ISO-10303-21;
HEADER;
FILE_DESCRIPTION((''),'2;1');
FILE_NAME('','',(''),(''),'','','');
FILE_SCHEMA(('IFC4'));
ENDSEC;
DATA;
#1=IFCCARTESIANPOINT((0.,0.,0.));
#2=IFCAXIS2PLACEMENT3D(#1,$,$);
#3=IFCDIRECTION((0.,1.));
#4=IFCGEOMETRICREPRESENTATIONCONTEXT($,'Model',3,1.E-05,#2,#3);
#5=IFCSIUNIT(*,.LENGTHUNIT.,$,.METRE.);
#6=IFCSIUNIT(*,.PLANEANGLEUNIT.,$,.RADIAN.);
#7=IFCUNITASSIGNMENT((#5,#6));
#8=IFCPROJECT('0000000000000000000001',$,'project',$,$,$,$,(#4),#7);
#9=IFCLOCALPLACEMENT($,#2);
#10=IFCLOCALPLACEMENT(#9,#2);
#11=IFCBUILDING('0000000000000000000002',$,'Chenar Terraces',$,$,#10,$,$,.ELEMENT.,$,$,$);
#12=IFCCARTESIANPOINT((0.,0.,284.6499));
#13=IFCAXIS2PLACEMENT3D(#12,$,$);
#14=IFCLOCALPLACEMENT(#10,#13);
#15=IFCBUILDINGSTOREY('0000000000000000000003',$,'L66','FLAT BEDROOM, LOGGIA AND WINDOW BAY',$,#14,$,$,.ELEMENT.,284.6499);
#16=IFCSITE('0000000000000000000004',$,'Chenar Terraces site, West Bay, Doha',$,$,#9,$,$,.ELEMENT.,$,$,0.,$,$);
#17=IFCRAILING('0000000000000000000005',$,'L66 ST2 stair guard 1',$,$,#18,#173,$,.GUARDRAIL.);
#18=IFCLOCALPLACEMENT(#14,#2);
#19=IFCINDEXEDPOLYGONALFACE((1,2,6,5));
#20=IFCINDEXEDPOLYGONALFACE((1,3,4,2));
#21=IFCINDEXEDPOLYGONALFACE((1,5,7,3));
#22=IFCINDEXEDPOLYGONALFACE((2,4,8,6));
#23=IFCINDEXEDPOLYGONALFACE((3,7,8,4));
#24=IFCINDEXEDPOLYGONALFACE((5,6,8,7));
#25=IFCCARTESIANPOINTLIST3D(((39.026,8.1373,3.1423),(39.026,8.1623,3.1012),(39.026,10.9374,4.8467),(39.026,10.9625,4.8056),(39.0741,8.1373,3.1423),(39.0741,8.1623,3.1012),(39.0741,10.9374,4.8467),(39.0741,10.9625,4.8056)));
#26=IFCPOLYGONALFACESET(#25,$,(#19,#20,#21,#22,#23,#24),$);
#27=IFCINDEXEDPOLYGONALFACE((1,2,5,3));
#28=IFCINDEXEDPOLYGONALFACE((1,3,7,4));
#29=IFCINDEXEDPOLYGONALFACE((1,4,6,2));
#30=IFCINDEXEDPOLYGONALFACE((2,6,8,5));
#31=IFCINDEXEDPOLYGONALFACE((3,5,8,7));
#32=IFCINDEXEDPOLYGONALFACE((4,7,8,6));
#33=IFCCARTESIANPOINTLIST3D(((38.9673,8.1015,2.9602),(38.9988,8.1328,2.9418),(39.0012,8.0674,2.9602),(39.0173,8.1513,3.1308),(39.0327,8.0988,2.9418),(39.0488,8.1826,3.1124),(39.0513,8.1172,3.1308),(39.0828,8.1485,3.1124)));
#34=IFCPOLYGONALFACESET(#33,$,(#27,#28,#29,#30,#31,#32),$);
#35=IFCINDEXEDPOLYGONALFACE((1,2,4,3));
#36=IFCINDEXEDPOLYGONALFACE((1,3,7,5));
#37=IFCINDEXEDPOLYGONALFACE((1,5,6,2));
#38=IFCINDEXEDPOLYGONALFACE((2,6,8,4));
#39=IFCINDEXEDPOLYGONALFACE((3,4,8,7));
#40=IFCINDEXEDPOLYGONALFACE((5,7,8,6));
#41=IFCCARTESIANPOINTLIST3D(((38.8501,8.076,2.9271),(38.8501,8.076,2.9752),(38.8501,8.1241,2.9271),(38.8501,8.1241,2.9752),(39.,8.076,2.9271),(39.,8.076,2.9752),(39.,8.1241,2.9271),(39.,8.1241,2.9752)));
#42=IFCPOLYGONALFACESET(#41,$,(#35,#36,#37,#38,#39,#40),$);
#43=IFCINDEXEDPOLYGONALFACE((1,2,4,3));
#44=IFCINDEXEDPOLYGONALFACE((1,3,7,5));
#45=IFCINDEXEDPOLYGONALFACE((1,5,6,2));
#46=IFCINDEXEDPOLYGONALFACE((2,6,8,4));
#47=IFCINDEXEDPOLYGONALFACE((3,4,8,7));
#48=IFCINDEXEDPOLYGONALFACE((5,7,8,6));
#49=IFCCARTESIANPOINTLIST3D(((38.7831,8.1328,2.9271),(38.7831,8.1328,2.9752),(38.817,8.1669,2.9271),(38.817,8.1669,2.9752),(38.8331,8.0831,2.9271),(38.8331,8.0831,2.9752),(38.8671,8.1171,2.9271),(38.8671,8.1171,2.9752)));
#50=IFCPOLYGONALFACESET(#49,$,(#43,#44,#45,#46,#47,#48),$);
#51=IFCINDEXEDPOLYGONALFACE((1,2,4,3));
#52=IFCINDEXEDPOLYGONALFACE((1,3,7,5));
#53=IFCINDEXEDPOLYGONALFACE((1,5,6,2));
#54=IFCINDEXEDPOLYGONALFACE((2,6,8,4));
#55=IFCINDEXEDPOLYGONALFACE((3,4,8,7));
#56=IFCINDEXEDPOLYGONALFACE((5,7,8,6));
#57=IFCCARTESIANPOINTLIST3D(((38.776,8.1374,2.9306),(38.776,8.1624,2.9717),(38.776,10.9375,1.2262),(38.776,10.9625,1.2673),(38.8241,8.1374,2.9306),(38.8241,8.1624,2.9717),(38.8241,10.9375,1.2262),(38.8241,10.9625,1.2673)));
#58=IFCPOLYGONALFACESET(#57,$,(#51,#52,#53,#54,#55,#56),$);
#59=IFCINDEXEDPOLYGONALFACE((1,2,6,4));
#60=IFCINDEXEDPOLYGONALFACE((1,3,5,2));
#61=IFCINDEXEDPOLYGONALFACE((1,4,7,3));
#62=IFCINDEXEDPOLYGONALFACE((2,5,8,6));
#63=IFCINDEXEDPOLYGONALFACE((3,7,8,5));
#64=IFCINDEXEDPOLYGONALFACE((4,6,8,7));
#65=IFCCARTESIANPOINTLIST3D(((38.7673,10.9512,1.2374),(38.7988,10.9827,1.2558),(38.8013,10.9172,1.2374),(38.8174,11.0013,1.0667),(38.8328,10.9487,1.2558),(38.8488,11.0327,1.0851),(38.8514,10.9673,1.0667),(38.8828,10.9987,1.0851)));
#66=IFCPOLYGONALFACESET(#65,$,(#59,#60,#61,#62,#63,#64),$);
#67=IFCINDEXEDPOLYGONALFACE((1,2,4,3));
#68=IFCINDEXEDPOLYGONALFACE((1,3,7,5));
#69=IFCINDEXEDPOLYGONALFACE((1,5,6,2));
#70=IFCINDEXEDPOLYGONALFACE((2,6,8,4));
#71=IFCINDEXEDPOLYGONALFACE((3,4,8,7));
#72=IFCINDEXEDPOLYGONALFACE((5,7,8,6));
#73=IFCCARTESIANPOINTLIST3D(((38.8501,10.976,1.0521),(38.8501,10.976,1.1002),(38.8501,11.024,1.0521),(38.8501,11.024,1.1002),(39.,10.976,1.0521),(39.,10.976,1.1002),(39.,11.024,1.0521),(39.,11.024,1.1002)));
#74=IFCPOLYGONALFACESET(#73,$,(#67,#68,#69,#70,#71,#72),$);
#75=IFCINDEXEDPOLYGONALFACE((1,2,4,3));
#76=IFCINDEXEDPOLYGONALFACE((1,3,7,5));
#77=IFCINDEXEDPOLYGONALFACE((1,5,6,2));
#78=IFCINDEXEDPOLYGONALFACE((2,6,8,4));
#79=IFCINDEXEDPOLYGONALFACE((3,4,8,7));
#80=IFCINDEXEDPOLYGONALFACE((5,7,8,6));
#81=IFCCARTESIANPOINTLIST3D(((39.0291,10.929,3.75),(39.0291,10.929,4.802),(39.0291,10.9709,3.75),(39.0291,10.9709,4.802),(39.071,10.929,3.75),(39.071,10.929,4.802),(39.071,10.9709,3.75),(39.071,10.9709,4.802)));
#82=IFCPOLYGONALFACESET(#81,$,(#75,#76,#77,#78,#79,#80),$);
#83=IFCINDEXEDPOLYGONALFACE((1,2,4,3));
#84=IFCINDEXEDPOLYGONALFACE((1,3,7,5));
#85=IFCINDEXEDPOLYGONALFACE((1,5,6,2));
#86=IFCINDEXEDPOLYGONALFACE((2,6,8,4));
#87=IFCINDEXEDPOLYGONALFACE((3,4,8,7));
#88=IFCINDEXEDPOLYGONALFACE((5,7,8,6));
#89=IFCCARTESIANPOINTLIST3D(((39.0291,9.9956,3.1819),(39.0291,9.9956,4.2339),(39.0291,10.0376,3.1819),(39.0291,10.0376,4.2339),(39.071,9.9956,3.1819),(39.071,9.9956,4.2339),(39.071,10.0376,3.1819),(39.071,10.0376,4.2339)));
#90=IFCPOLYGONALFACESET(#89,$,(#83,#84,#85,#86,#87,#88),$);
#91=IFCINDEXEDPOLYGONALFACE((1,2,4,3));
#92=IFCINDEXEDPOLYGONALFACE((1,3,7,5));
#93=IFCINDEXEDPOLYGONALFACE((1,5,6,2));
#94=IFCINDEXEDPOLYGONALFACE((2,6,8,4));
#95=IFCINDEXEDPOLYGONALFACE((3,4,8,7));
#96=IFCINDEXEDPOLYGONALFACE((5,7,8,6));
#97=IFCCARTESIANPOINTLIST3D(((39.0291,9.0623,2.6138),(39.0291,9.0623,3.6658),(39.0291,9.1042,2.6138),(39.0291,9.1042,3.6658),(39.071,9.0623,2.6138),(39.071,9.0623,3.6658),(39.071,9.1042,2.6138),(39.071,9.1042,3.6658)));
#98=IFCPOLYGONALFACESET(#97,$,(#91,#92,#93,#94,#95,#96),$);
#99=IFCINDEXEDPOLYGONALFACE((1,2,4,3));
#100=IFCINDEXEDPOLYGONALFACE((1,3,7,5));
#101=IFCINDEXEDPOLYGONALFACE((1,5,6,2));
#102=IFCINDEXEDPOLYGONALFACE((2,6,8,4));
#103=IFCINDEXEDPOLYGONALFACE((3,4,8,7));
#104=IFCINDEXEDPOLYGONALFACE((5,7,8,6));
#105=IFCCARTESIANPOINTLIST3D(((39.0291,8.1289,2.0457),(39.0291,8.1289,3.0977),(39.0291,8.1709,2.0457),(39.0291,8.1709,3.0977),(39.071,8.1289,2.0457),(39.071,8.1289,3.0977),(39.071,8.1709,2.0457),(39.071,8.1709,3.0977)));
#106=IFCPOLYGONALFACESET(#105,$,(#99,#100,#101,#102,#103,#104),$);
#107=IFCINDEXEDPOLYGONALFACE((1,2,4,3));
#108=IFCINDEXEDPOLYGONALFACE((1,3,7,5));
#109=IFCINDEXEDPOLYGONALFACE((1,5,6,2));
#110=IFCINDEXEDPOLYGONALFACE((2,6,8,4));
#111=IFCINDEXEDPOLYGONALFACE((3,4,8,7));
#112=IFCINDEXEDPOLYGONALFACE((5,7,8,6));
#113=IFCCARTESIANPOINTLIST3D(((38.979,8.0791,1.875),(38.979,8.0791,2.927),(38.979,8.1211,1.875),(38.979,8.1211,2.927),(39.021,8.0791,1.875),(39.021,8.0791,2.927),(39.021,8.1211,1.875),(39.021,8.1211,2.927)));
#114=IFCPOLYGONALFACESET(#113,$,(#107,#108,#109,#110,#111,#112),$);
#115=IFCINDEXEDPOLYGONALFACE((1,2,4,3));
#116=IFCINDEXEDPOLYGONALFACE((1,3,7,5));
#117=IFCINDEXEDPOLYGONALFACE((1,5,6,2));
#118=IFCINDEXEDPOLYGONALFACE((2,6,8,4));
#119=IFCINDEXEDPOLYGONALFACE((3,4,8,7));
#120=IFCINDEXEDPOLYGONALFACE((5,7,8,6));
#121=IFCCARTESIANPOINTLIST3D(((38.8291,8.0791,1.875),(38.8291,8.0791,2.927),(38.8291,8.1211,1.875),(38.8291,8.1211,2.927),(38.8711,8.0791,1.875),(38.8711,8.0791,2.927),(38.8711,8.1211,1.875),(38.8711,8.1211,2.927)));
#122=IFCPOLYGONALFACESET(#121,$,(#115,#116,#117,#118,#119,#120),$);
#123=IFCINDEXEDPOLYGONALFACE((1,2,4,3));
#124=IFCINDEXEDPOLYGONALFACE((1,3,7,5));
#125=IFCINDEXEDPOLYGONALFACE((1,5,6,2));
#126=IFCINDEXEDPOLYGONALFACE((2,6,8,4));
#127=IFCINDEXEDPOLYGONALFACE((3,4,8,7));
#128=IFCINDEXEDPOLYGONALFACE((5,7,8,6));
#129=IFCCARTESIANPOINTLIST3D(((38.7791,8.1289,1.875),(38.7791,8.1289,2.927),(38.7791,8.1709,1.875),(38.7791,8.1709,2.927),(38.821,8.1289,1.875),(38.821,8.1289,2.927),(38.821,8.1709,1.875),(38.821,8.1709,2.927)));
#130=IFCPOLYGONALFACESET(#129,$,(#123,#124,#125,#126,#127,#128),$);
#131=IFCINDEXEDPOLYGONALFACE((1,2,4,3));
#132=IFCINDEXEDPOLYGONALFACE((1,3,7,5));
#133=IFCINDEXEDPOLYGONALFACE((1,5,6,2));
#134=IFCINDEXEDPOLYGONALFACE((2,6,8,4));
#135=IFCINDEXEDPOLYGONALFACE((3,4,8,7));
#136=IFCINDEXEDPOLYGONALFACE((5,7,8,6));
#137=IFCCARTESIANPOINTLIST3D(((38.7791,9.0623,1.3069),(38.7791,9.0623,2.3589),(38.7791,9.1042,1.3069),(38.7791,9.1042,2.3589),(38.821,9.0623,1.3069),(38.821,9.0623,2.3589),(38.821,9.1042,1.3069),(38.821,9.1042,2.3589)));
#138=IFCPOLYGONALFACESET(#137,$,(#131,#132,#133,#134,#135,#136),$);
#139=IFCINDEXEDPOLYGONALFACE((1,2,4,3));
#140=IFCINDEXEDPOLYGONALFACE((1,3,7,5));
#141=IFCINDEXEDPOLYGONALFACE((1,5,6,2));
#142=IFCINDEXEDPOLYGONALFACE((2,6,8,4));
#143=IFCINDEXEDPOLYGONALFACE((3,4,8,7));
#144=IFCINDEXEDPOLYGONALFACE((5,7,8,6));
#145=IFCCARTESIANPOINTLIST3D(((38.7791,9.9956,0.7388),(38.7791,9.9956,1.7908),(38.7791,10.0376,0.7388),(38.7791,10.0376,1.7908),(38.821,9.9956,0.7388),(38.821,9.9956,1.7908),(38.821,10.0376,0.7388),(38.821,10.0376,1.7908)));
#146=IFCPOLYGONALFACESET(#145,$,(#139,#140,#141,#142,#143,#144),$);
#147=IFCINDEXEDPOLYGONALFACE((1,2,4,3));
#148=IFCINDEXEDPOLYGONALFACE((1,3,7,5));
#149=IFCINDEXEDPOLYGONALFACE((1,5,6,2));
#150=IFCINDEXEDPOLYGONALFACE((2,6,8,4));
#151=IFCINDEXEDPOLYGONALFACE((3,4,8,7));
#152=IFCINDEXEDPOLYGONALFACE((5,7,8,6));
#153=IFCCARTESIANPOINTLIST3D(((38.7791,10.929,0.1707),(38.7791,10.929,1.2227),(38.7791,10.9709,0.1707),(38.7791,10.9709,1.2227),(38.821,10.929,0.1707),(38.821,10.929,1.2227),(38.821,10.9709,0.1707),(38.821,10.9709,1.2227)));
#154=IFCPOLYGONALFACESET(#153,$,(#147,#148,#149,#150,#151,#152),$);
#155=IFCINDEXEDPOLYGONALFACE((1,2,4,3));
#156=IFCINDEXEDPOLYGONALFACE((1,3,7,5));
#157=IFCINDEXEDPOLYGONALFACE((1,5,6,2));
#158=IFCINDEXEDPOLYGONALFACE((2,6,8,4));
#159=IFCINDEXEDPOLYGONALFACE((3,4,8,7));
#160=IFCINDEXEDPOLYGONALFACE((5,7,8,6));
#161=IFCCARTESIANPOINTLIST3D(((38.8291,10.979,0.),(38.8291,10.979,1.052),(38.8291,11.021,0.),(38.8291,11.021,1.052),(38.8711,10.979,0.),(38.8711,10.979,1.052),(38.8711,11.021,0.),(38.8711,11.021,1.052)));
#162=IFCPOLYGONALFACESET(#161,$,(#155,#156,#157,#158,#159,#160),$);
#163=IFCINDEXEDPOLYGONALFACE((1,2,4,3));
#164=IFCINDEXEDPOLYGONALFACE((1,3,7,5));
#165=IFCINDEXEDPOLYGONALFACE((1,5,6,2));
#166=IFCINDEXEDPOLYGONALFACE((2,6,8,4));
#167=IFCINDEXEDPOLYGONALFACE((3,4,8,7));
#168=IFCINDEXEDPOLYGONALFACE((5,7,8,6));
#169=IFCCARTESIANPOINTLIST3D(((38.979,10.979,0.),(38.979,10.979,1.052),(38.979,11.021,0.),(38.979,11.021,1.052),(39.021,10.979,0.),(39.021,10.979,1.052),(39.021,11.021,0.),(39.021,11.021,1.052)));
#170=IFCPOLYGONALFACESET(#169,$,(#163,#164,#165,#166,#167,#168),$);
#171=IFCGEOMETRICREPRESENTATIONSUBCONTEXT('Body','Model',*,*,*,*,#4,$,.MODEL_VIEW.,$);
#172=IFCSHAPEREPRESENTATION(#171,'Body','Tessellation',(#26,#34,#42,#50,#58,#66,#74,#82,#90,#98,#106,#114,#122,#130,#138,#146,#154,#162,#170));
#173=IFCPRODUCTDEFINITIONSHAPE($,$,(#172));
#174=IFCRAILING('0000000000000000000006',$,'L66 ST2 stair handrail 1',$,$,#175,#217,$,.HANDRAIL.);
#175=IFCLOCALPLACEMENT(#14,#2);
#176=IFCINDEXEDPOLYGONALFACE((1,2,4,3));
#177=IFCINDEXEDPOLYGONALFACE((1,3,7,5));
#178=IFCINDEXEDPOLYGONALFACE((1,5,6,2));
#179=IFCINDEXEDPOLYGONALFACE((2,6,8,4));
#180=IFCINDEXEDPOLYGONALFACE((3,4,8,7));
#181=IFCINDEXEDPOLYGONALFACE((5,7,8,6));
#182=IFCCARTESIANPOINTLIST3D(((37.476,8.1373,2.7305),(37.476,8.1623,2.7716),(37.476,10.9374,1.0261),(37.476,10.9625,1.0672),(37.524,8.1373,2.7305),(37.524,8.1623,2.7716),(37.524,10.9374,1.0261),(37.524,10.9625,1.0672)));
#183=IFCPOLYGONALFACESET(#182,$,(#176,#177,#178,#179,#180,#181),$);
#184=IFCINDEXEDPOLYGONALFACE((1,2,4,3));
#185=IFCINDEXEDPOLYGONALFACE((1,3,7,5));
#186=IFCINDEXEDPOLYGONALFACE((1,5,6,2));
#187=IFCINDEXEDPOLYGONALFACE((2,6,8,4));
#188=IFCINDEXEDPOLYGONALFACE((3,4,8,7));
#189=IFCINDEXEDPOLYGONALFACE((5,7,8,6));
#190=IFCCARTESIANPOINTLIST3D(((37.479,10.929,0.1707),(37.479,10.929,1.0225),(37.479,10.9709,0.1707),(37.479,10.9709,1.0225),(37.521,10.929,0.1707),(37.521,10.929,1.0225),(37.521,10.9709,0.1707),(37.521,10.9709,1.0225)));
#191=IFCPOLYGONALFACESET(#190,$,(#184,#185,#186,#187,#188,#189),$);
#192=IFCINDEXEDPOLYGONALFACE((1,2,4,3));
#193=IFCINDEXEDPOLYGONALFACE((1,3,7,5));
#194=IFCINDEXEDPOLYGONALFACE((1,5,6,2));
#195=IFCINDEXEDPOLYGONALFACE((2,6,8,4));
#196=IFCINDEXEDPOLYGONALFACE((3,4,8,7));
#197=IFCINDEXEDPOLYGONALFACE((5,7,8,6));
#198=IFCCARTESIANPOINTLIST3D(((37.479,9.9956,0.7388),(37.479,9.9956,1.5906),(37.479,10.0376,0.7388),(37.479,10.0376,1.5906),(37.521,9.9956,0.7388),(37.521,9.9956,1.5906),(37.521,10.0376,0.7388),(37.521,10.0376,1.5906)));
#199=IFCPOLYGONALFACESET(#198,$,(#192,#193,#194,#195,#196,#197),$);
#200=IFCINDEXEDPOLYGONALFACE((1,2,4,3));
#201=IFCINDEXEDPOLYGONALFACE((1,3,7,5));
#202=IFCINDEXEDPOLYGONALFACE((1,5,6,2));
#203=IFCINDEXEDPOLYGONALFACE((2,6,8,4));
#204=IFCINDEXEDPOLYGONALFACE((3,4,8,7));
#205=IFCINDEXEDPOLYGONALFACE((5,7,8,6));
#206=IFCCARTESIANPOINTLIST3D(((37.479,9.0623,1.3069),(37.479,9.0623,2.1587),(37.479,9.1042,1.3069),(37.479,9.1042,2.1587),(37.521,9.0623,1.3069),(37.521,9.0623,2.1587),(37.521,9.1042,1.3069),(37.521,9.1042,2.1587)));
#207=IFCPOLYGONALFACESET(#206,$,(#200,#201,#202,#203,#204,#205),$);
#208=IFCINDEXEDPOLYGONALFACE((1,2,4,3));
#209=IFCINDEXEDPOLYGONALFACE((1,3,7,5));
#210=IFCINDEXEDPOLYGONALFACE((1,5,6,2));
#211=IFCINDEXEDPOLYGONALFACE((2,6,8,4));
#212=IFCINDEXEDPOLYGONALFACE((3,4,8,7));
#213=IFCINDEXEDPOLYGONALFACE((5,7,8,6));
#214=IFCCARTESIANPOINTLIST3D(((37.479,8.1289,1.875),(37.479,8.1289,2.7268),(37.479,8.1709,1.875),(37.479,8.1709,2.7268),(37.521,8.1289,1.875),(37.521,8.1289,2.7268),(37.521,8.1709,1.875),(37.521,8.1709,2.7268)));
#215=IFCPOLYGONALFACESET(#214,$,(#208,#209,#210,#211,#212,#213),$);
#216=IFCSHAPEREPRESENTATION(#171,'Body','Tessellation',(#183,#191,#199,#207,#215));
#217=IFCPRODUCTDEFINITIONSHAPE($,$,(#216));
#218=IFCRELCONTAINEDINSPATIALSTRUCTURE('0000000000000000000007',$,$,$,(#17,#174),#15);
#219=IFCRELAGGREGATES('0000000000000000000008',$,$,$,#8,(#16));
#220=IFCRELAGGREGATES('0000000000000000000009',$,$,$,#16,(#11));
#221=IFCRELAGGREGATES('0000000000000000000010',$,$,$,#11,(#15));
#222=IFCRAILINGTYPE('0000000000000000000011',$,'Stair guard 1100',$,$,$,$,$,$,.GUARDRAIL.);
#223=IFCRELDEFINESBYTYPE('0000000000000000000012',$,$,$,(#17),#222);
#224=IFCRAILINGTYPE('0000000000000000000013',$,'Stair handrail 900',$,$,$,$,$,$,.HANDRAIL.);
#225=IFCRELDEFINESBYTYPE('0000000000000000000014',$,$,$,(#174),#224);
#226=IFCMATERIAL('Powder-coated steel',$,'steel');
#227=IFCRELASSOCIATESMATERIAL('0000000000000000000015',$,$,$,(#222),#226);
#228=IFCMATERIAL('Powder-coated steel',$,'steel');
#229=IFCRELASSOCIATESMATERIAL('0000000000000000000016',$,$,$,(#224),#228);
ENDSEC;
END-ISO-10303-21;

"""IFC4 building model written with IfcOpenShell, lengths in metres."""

from ifc_helpers import new_model, si_unit, direction, frame, origin, origin_2d, place, context, subcontext, project, spatial, rectangle, extrude, material, type_object, element, save


model = new_model("IFC4")

# Units and contexts
model_context = context("Model", 3, precision=1e-05, world=origin(), true_north=direction((0.0, 1.0)))
body_context = subcontext(model_context, "Body", "Model", "MODEL_VIEW")
ifc_project = project(units=[si_unit("LENGTHUNIT", "METRE"), si_unit("PLANEANGLEUNIT", "RADIAN")], contexts=[model_context])

# Site, building, storey
site_placement = place(None, origin())
site = spatial("IfcSite", under=ifc_project, at=site_placement, Name="Chenar Terraces site, West Bay, Doha", CompositionType="ELEMENT", RefElevation=0.0)
building_placement = place(site_placement, origin())
building = spatial("IfcBuilding", under=site, at=building_placement, Name="Chenar Terraces", CompositionType="ELEMENT")
storey_placement = place(building_placement, frame((0.0, 0.0, 284.6499)))
storey = spatial("IfcBuildingStorey", under=building, at=storey_placement, Name="L66", Description="FLAT BEDROOM, LOGGIA AND WINDOW BAY", CompositionType="ELEMENT", Elevation=284.6499)

# Railings
ifc_material_1 = material(Name="Powder-coated steel", Category="steel")
railing_type_1 = type_object("IfcRailingType", Name="Stair guard 1100", PredefinedType="GUARDRAIL", material=ifc_material_1)
railing_1_placement = place(storey_placement, frame((39.05, 10.95, 3.75)))
element("IfcRailing", 1, at=railing_1_placement, inside=storey, type_object=railing_type_1, Name="L66 ST2 stair guard 1", PredefinedType="GUARDRAIL", context=body_context, shape_type="SweptSolid", body=[
    extrude(rectangle(XDim=0.0481, YDim=0.0481, at=origin_2d()), frame((0.0, 0.0, 1.0762), z_axis=(0.0, -0.854203, -0.51994), x_axis=(1.0, 0.0, 0.0)), (0.0, 0.0, 1.0), 3.2781),
    extrude(rectangle(XDim=0.0481, YDim=0.0481, at=origin_2d()), frame((0.0, -2.8, -0.6284), z_axis=(-0.270997, -0.269675, -0.924033), x_axis=(0.705376, -0.708834, 0.0)), (0.0, 0.0, 1.0), 0.1846),
    extrude(rectangle(XDim=0.0481, YDim=0.0481, at=origin_2d()), frame((-0.05, -2.8499, -0.7988), z_axis=(-1.0, 0.0, 0.0), x_axis=(0.0, -1.0, 0.0)), (0.0, 0.0, 1.0), 0.1499),
    extrude(rectangle(XDim=0.0481, YDim=0.0481, at=origin_2d()), frame((-0.2, -2.8499, -0.7988), z_axis=(-0.708834, 0.705376, 0.0), x_axis=(-0.705376, -0.708834, 0.0)), (0.0, 0.0, 1.0), 0.0706),
    extrude(rectangle(XDim=0.0481, YDim=0.0481, at=origin_2d()), frame((-0.25, -2.8, -0.7988), z_axis=(0.0, 0.854203, -0.51994), x_axis=(-1.0, 0.0, 0.0)), (0.0, 0.0, 1.0), 3.2781),
    extrude(rectangle(XDim=0.0481, YDim=0.0481, at=origin_2d()), frame((-0.25, 0.0, -2.5034), z_axis=(0.2709, 0.2709, -0.923703), x_axis=(-0.707107, 0.707107, 0.0)), (0.0, 0.0, 1.0), 0.1848),
    extrude(rectangle(XDim=0.0481, YDim=0.0481, at=origin_2d()), frame((-0.2, 0.05, -2.6738), z_axis=(1.0, 0.0, 0.0), x_axis=(0.0, 1.0, 0.0)), (0.0, 0.0, 1.0), 0.1499),
    extrude(rectangle(XDim=0.042, YDim=0.042, at=origin_2d()), origin(), (0.0, 0.0, 1.0), 1.052),
    extrude(rectangle(XDim=0.042, YDim=0.042, at=origin_2d()), frame((0.0, -0.9333, -0.5681)), (0.0, 0.0, 1.0), 1.052),
    extrude(rectangle(XDim=0.042, YDim=0.042, at=origin_2d()), frame((0.0, -1.8667, -1.1362)), (0.0, 0.0, 1.0), 1.052),
    extrude(rectangle(XDim=0.042, YDim=0.042, at=origin_2d()), frame((0.0, -2.8, -1.7043)), (0.0, 0.0, 1.0), 1.052),
    extrude(rectangle(XDim=0.042, YDim=0.042, at=origin_2d()), frame((-0.05, -2.8499, -1.875)), (0.0, 0.0, 1.0), 1.052),
    extrude(rectangle(XDim=0.042, YDim=0.042, at=origin_2d()), frame((-0.2, -2.8499, -1.875)), (0.0, 0.0, 1.0), 1.052),
    extrude(rectangle(XDim=0.042, YDim=0.042, at=origin_2d()), frame((-0.25, -2.8, -1.875)), (0.0, 0.0, 1.0), 1.052),
    extrude(rectangle(XDim=0.042, YDim=0.042, at=origin_2d()), frame((-0.25, -1.8667, -2.4431)), (0.0, 0.0, 1.0), 1.052),
    extrude(rectangle(XDim=0.042, YDim=0.042, at=origin_2d()), frame((-0.25, -0.9333, -3.0112)), (0.0, 0.0, 1.0), 1.052),
    extrude(rectangle(XDim=0.042, YDim=0.042, at=origin_2d()), frame((-0.25, 0.0, -3.5793)), (0.0, 0.0, 1.0), 1.052),
    extrude(rectangle(XDim=0.042, YDim=0.042, at=origin_2d()), frame((-0.2, 0.05, -3.75)), (0.0, 0.0, 1.0), 1.052),
    extrude(rectangle(XDim=0.042, YDim=0.042, at=origin_2d()), frame((-0.05, 0.05, -3.75)), (0.0, 0.0, 1.0), 1.052),
])
ifc_material_2 = material(Name="Powder-coated steel", Category="steel")
railing_type_2 = type_object("IfcRailingType", Name="Stair handrail 900", PredefinedType="HANDRAIL", material=ifc_material_2)
railing_2_placement = place(storey_placement, frame((37.5, 10.95, 0.1707)))
element("IfcRailing", 2, at=railing_2_placement, inside=storey, type_object=railing_type_2, Name="L66 ST2 stair handrail 1", PredefinedType="HANDRAIL", context=body_context, shape_type="SweptSolid", body=[
    extrude(rectangle(XDim=0.0481, YDim=0.0481, at=origin_2d()), frame((0.0, 0.0, 0.876), z_axis=(0.0, -0.854203, 0.51994), x_axis=(1.0, 0.0, 0.0)), (0.0, 0.0, 1.0), 3.2781),
    extrude(rectangle(XDim=0.042, YDim=0.042, at=origin_2d()), origin(), (0.0, 0.0, 1.0), 0.8518),
    extrude(rectangle(XDim=0.042, YDim=0.042, at=origin_2d()), frame((0.0, -0.9333, 0.5681)), (0.0, 0.0, 1.0), 0.8518),
    extrude(rectangle(XDim=0.042, YDim=0.042, at=origin_2d()), frame((0.0, -1.8667, 1.1362)), (0.0, 0.0, 1.0), 0.8518),
    extrude(rectangle(XDim=0.042, YDim=0.042, at=origin_2d()), frame((0.0, -2.8, 1.7043)), (0.0, 0.0, 1.0), 0.8518),
])

save(model, "model.ifc")
